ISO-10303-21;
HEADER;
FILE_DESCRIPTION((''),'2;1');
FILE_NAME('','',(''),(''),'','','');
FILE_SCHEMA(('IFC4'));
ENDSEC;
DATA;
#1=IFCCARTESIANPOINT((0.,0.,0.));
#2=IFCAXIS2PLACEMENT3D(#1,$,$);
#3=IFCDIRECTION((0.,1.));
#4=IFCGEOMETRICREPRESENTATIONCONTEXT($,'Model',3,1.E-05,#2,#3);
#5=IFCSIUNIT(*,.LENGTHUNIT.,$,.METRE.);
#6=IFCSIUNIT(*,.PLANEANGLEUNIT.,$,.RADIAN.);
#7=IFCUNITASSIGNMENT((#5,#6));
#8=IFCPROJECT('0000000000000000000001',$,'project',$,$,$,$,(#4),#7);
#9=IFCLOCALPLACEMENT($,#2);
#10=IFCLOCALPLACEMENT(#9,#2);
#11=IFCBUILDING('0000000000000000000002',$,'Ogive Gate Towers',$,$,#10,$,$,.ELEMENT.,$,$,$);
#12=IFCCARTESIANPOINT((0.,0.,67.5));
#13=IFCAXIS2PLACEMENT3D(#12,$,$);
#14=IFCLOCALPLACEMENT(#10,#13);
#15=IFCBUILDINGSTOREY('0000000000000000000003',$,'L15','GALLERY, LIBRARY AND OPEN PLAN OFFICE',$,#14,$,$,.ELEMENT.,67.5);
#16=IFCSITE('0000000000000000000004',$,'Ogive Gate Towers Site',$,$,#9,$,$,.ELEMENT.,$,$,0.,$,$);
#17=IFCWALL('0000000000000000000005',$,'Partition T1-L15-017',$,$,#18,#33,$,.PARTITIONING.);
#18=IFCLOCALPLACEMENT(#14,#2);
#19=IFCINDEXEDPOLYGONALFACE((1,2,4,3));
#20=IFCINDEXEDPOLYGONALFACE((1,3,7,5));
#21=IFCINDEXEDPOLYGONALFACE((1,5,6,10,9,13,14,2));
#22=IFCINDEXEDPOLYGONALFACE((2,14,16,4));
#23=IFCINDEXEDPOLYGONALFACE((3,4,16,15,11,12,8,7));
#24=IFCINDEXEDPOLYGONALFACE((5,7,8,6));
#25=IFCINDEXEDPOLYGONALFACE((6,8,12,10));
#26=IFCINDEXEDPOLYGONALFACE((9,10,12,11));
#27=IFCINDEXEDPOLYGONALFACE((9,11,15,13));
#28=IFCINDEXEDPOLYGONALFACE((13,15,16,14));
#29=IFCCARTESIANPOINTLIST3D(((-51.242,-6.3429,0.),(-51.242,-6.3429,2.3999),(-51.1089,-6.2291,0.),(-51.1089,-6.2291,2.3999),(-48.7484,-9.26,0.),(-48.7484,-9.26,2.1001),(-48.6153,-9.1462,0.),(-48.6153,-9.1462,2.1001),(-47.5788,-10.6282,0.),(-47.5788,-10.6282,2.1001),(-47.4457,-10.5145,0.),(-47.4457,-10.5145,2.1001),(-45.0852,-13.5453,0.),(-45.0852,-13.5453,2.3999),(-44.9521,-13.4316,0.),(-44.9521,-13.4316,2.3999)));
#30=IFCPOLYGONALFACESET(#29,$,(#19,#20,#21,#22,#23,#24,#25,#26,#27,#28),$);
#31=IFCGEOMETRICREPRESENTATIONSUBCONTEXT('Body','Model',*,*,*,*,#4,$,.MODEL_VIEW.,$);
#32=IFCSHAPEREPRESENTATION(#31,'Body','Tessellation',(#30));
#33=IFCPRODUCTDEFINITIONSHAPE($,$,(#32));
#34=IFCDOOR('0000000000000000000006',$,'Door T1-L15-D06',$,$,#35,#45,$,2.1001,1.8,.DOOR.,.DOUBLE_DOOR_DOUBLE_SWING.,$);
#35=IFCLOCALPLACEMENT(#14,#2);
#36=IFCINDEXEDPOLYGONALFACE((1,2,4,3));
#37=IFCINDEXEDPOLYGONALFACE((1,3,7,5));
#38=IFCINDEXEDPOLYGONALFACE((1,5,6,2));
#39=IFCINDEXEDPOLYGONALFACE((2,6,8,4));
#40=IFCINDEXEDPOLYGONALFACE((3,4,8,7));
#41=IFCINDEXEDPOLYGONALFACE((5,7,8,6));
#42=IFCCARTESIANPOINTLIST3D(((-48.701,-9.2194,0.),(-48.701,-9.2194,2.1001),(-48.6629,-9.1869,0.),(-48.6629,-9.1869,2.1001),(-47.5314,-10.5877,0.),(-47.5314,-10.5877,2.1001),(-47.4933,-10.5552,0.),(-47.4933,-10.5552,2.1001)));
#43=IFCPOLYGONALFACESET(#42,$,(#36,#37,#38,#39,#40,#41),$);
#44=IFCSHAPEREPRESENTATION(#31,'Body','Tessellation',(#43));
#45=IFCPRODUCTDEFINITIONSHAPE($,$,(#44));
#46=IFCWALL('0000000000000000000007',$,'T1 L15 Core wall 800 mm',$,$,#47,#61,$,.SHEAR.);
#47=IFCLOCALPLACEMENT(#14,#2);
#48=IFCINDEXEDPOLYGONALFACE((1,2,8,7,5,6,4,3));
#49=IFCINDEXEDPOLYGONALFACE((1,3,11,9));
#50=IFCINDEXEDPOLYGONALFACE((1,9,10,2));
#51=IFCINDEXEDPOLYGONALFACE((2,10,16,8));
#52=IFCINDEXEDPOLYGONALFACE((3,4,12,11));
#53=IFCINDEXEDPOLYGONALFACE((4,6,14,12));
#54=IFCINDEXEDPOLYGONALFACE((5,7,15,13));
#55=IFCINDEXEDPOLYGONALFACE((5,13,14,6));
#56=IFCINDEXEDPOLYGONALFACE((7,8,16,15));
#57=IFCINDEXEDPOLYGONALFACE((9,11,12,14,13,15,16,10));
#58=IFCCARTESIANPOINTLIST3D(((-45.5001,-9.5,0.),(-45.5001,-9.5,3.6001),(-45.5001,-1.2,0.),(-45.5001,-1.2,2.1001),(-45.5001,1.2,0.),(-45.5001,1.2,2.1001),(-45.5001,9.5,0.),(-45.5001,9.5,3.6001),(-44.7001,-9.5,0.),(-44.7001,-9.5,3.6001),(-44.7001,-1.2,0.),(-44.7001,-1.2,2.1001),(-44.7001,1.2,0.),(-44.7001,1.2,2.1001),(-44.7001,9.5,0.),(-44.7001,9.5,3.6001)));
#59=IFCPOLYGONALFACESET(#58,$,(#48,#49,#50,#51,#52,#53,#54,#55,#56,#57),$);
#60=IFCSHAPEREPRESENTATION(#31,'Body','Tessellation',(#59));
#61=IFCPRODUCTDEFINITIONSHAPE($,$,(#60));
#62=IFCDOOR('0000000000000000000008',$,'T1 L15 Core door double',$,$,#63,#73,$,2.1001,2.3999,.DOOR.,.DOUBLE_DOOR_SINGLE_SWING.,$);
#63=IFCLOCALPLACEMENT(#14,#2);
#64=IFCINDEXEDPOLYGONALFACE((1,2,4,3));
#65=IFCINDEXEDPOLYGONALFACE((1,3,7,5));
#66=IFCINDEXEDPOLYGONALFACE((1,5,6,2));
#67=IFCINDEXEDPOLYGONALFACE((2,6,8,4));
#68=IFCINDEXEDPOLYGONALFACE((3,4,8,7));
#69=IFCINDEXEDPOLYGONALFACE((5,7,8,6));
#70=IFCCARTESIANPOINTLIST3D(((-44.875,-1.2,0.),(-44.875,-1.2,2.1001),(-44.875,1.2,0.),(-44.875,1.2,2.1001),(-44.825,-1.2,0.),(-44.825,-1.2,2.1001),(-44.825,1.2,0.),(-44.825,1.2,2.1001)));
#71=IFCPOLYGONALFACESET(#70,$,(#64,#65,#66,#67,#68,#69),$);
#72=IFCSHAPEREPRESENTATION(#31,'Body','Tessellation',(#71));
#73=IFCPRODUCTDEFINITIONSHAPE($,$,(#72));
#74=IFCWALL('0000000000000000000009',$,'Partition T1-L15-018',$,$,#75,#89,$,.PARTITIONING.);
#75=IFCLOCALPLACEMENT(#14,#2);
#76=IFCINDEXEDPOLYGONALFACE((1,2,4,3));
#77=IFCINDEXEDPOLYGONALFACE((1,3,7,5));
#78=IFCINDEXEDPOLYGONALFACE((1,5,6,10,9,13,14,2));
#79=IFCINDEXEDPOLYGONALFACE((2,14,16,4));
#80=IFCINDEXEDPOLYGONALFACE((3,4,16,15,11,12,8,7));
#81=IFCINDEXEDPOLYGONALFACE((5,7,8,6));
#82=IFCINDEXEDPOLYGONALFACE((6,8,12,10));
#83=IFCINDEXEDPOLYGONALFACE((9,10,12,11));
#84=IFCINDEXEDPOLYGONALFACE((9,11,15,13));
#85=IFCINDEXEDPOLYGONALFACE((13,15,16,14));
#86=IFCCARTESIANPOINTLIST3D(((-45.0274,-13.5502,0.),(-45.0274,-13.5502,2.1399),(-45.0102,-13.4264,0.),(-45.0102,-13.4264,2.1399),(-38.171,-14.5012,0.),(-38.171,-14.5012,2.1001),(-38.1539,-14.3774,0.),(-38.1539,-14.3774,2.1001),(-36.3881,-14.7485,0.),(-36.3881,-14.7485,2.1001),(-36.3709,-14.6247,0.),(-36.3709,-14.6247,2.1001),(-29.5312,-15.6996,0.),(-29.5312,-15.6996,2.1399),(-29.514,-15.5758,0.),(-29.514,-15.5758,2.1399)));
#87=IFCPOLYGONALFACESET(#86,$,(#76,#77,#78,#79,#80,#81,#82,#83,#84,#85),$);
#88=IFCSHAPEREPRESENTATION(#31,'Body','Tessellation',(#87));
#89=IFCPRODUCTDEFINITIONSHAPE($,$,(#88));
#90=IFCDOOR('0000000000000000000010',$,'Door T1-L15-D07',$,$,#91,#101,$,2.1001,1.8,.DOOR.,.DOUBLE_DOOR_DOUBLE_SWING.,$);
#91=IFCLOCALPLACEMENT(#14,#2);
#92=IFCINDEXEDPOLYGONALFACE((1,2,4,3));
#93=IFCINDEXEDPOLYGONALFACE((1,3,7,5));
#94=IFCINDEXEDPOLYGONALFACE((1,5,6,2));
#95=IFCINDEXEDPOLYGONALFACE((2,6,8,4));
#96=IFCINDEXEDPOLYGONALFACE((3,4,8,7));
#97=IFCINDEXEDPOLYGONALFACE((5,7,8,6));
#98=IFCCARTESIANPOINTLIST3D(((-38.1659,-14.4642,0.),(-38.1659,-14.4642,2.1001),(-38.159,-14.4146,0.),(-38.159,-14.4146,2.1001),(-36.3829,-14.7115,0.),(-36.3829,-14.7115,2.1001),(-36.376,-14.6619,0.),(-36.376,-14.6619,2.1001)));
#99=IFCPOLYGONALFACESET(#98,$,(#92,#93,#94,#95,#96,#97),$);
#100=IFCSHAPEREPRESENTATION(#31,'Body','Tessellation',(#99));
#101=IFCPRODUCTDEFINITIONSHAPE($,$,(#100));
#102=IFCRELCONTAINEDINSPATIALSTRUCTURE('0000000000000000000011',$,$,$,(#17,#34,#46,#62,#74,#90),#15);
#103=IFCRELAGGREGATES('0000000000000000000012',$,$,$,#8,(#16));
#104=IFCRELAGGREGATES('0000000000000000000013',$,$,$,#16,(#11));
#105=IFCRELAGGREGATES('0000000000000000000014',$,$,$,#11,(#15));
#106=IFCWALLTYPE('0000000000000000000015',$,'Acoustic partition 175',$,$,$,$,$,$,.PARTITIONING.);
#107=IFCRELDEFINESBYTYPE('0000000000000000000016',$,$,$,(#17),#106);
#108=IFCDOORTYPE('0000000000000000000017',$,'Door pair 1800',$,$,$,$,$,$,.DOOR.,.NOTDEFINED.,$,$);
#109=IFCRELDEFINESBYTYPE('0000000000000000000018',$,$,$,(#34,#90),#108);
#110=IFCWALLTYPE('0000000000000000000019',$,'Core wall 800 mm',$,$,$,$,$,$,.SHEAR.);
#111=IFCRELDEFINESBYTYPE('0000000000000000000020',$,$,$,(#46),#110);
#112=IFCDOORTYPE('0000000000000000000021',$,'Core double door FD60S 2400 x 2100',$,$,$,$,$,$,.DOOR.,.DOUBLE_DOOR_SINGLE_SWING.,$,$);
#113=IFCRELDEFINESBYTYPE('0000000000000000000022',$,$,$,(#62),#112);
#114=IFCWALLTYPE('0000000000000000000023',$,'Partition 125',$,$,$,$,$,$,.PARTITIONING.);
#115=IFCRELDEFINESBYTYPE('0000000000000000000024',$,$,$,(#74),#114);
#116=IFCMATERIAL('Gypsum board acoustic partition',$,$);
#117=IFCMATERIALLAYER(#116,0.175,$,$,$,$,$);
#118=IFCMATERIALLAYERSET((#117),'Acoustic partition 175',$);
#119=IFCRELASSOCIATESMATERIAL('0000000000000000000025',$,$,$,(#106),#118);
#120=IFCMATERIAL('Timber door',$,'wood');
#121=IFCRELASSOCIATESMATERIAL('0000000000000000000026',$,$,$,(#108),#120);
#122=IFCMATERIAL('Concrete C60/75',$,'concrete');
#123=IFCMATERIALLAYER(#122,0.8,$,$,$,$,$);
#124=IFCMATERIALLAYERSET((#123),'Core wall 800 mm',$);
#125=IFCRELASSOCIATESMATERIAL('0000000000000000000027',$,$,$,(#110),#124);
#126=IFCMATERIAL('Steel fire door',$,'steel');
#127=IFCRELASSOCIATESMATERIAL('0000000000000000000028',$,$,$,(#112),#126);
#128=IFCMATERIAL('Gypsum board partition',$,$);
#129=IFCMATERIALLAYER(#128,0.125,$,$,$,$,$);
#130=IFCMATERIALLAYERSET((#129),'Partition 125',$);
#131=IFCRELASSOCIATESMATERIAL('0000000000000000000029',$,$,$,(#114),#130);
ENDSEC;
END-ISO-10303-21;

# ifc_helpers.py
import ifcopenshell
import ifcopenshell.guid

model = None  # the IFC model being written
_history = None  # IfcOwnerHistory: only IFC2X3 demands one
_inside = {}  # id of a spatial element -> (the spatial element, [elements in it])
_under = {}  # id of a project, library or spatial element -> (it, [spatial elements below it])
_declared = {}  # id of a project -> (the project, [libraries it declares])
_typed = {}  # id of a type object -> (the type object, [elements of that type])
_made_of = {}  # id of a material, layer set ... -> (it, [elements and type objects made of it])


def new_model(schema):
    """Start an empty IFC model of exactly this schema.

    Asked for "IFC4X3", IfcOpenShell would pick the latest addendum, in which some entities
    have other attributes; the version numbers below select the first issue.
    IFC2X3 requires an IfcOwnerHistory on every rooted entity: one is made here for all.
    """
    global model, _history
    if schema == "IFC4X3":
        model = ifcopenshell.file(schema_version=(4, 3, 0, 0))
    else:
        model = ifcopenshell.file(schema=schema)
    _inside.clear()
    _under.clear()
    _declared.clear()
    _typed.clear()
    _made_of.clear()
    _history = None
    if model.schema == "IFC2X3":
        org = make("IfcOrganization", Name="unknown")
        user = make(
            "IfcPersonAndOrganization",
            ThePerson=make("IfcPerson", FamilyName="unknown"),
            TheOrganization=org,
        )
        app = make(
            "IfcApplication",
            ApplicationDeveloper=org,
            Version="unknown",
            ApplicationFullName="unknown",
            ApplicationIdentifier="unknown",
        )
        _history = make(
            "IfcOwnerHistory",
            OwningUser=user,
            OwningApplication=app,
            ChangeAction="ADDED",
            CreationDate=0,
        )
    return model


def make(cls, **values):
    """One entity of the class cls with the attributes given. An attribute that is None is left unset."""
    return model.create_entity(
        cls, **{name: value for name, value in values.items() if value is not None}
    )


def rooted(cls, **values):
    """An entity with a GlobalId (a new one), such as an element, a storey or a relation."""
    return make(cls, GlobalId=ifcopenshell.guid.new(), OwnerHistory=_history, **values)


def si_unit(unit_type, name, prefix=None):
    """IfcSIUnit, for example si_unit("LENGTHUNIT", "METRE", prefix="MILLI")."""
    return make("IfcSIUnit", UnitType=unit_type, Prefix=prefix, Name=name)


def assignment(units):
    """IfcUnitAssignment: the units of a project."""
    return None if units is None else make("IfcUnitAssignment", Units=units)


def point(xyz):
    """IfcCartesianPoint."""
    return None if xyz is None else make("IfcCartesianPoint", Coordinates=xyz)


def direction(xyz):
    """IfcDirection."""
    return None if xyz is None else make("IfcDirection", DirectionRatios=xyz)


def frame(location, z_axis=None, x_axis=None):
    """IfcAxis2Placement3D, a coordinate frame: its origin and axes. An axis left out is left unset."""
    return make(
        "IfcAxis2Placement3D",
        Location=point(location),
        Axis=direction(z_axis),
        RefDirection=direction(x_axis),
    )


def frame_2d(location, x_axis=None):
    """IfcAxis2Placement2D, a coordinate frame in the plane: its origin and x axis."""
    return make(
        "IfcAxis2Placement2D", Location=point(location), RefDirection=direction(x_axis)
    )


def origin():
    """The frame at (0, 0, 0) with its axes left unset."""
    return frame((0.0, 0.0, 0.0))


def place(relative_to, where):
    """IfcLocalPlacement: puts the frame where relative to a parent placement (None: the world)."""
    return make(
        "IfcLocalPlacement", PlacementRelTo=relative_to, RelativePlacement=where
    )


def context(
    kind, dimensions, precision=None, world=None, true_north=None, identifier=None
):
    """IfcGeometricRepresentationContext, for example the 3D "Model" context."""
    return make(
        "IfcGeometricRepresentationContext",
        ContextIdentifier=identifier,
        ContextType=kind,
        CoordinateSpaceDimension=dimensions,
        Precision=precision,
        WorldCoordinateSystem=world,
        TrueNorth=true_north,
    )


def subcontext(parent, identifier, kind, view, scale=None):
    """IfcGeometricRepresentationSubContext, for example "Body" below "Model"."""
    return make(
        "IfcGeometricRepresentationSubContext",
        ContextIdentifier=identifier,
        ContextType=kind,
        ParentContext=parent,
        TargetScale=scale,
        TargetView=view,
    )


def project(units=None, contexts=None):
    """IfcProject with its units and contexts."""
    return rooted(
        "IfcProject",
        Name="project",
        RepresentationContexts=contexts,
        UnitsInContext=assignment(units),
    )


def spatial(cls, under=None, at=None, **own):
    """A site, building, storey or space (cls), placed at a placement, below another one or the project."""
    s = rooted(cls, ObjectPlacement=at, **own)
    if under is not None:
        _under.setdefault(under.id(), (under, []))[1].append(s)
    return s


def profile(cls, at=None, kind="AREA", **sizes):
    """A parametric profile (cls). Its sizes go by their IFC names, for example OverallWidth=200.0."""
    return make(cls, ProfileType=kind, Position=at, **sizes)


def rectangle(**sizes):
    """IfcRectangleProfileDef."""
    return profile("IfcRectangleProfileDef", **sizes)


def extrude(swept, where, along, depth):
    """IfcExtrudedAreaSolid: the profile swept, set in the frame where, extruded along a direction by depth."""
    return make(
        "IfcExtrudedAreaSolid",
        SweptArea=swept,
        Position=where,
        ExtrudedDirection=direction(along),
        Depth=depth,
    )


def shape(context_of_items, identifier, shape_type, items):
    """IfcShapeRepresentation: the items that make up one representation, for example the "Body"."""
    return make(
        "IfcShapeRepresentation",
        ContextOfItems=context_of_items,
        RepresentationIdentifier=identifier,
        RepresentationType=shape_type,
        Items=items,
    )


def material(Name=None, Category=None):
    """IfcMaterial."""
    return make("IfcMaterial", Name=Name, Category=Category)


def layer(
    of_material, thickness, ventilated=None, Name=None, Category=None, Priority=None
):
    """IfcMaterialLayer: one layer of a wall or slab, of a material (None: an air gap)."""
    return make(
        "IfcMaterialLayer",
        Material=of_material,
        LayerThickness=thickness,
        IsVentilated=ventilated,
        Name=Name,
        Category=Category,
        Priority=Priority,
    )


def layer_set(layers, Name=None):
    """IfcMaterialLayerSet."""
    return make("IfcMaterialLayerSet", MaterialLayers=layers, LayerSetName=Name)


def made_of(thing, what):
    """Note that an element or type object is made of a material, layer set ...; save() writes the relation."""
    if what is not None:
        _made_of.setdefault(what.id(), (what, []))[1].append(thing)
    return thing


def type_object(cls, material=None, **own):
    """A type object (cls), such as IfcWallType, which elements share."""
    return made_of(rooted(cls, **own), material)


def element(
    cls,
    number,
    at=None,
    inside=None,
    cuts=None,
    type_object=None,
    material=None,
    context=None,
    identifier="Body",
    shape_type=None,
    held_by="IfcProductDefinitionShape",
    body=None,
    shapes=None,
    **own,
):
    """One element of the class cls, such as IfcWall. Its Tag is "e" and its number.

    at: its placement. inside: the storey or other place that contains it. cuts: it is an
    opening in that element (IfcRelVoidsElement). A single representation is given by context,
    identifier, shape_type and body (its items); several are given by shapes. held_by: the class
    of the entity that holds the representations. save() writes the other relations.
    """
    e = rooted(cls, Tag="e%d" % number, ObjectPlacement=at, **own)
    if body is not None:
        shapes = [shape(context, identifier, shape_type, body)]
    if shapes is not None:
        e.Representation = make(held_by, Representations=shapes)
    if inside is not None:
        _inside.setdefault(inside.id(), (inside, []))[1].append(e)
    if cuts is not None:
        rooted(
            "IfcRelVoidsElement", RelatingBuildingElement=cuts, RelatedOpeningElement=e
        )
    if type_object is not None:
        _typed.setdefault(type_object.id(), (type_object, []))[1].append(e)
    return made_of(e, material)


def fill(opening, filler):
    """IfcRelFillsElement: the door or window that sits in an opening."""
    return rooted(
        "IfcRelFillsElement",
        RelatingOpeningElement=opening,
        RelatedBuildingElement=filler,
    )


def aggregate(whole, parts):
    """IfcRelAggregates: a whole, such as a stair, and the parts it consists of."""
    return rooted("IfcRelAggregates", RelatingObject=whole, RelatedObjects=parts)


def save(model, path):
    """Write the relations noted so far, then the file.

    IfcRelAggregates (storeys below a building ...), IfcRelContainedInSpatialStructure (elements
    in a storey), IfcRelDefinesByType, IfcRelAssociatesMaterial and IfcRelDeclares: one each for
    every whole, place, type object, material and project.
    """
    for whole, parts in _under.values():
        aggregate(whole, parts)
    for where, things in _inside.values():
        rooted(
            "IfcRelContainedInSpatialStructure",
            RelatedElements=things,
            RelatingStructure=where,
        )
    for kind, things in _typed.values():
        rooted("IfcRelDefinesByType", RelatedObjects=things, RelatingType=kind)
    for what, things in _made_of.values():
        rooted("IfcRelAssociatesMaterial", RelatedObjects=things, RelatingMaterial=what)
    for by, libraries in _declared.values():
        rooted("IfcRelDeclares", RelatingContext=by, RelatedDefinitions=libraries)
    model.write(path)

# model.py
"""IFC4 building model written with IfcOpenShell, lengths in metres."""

from ifc_helpers import new_model, si_unit, direction, frame, frame_2d, origin, place, context, subcontext, project, spatial, rectangle, extrude, material, layer, layer_set, type_object, element, fill, save


model = new_model("IFC4")

# Units and contexts
model_context = context("Model", 3, precision=1e-05, world=origin(), true_north=direction((0.0, 1.0)))
body_context = subcontext(model_context, "Body", "Model", "MODEL_VIEW")
ifc_project = project(units=[si_unit("LENGTHUNIT", "METRE"), si_unit("PLANEANGLEUNIT", "RADIAN")], contexts=[model_context])

# Site, building, storey
site_placement = place(None, origin())
site = spatial("IfcSite", under=ifc_project, at=site_placement, Name="Ogive Gate Towers Site", CompositionType="ELEMENT", RefElevation=0.0)
building_placement = place(site_placement, origin())
building = spatial("IfcBuilding", under=site, at=building_placement, Name="Ogive Gate Towers", CompositionType="ELEMENT")
storey_placement = place(building_placement, frame((0.0, 0.0, 67.5)))
storey = spatial("IfcBuildingStorey", under=building, at=storey_placement, Name="L15", Description="GALLERY, LIBRARY AND OPEN PLAN OFFICE", CompositionType="ELEMENT", Elevation=67.5)

# Shared definitions
ifc_material_1 = material(Name="Gypsum board acoustic partition")
ifc_layer_1 = layer(ifc_material_1, 0.175)
ifc_layer_set_1 = layer_set([ifc_layer_1], Name="Acoustic partition 175")
wall_type_1 = type_object("IfcWallType", Name="Acoustic partition 175", PredefinedType="PARTITIONING", material=ifc_layer_set_1)

# Walls, openings, doors
wall_1_placement = place(storey_placement, frame((-51.1755, -6.2859, 0.0), z_axis=(0.0, 0.0, 1.0), x_axis=(0.649772, -0.760129, 0.0)))
wall_1 = element("IfcWall", 1, at=wall_1_placement, inside=storey, type_object=wall_type_1, Name="Partition T1-L15-017", PredefinedType="PARTITIONING", context=body_context, shape_type="SweptSolid", body=[
    extrude(rectangle(XDim=9.4753, YDim=0.175, at=frame_2d((4.7378, 0.0))), origin(), (0.0, 0.0, 1.0), 2.3999),
])
opening_1_placement = place(wall_1_placement, frame((3.8379, 0.0, 0.0)))
opening_1 = element("IfcOpeningElement", 2, at=opening_1_placement, cuts=wall_1, PredefinedType="OPENING", context=body_context, shape_type="SweptSolid", body=[
    extrude(rectangle(XDim=1.8, YDim=2.1001, at=frame_2d((0.8999, 1.05))), frame((0.0, 0.0977, 0.0), z_axis=(0.0, -1.0, 0.0), x_axis=(1.0, 0.0, 0.0)), (0.0, 0.0, 1.0), 0.1951),
])
ifc_material_2 = material(Name="Timber door", Category="wood")
door_type_1 = type_object("IfcDoorType", Name="Door pair 1800", OperationType="NOTDEFINED", PredefinedType="DOOR", material=ifc_material_2)
door_1_placement = place(opening_1_placement, origin())
door_1 = element("IfcDoor", 3, at=door_1_placement, inside=storey, type_object=door_type_1, Name="Door T1-L15-D06", OperationType="DOUBLE_DOOR_DOUBLE_SWING", OverallHeight=2.1001, OverallWidth=1.8, PredefinedType="DOOR", context=body_context, shape_type="SweptSolid", body=[
    extrude(rectangle(XDim=1.8, YDim=2.1001, at=frame_2d((0.8999, 1.05))), frame((0.0, 0.0249, 0.0), z_axis=(0.0, -1.0, 0.0), x_axis=(1.0, 0.0, 0.0)), (0.0, 0.0, 1.0), 0.05),
])
fill(opening_1, door_1)
ifc_material_3 = material(Name="Concrete C60/75", Category="concrete")
ifc_layer_2 = layer(ifc_material_3, 0.8)
ifc_layer_set_2 = layer_set([ifc_layer_2], Name="Core wall 800 mm")
wall_type_2 = type_object("IfcWallType", Name="Core wall 800 mm", PredefinedType="SHEAR", material=ifc_layer_set_2)
wall_2_placement = place(storey_placement, frame((-45.1001, -9.5, 0.0), z_axis=(0.0, 0.0, 1.0), x_axis=(0.0, 1.0, 0.0)))
wall_2 = element("IfcWall", 4, at=wall_2_placement, inside=storey, type_object=wall_type_2, Name="T1 L15 Core wall 800 mm", PredefinedType="SHEAR", context=body_context, shape_type="SweptSolid", body=[
    extrude(rectangle(XDim=19.0, YDim=0.8, at=frame_2d((9.5, 0.0))), origin(), (0.0, 0.0, 1.0), 3.6001),
])
opening_2_placement = place(wall_2_placement, frame((8.3, 0.0, 0.0)))
opening_2 = element("IfcOpeningElement", 5, at=opening_2_placement, cuts=wall_2, PredefinedType="OPENING", context=body_context, shape_type="SweptSolid", body=[
    extrude(rectangle(XDim=2.3999, YDim=2.1001, at=frame_2d((1.2, 1.05))), frame((0.0, 0.4102, 0.0), z_axis=(0.0, -1.0, 0.0), x_axis=(1.0, 0.0, 0.0)), (0.0, 0.0, 1.0), 0.8201),
])
ifc_material_4 = material(Name="Steel fire door", Category="steel")
door_type_2 = type_object("IfcDoorType", Name="Core double door FD60S 2400 x 2100", OperationType="DOUBLE_DOOR_SINGLE_SWING", PredefinedType="DOOR", material=ifc_material_4)
door_2_placement = place(opening_2_placement, origin())
door_2 = element("IfcDoor", 6, at=door_2_placement, inside=storey, type_object=door_type_2, Name="T1 L15 Core door double", OperationType="DOUBLE_DOOR_SINGLE_SWING", OverallHeight=2.1001, OverallWidth=2.3999, PredefinedType="DOOR", context=body_context, shape_type="SweptSolid", body=[
    extrude(rectangle(XDim=2.3999, YDim=2.1001, at=frame_2d((1.2, 1.05))), frame((0.0, -0.2251, 0.0), z_axis=(0.0, -1.0, 0.0), x_axis=(1.0, 0.0, 0.0)), (0.0, 0.0, 1.0), 0.05),
])
fill(opening_2, door_2)
ifc_material_5 = material(Name="Gypsum board partition")
ifc_layer_3 = layer(ifc_material_5, 0.125)
ifc_layer_set_3 = layer_set([ifc_layer_3], Name="Partition 125")
wall_type_3 = type_object("IfcWallType", Name="Partition 125", PredefinedType="PARTITIONING", material=ifc_layer_set_3)
wall_3_placement = place(storey_placement, frame((-45.0188, -13.4883, 0.0), z_axis=(0.0, 0.0, 1.0), x_axis=(0.990517, -0.137391, 0.0)))
wall_3 = element("IfcWall", 7, at=wall_3_placement, inside=storey, type_object=wall_type_3, Name="Partition T1-L15-018", PredefinedType="PARTITIONING", context=body_context, shape_type="SweptSolid", body=[
    extrude(rectangle(XDim=15.6445, YDim=0.125, at=frame_2d((7.8223, 0.0))), origin(), (0.0, 0.0, 1.0), 2.1399),
])
opening_3_placement = place(wall_3_placement, frame((6.9221, 0.0, 0.0)))
opening_3 = element("IfcOpeningElement", 8, at=opening_3_placement, cuts=wall_3, PredefinedType="OPENING", context=body_context, shape_type="SweptSolid", body=[
    extrude(rectangle(XDim=1.8, YDim=2.1001, at=frame_2d((0.8999, 1.05))), frame((0.0, 0.0725, 0.0), z_axis=(0.0, -1.0, 0.0), x_axis=(1.0, 0.0, 0.0)), (0.0, 0.0, 1.0), 0.145),
])
door_3_placement = place(opening_3_placement, origin())
door_3 = element("IfcDoor", 9, at=door_3_placement, inside=storey, type_object=door_type_1, Name="Door T1-L15-D07", OperationType="DOUBLE_DOOR_DOUBLE_SWING", OverallHeight=2.1001, OverallWidth=1.8, PredefinedType="DOOR", context=body_context, shape_type="SweptSolid", body=[
    extrude(rectangle(XDim=1.8, YDim=2.1001, at=frame_2d((0.8999, 1.05))), frame((0.0, 0.0249, 0.0), z_axis=(0.0, -1.0, 0.0), x_axis=(1.0, 0.0, 0.0)), (0.0, 0.0, 1.0), 0.05),
])
fill(opening_3, door_3)

save(model, "model.ifc")
